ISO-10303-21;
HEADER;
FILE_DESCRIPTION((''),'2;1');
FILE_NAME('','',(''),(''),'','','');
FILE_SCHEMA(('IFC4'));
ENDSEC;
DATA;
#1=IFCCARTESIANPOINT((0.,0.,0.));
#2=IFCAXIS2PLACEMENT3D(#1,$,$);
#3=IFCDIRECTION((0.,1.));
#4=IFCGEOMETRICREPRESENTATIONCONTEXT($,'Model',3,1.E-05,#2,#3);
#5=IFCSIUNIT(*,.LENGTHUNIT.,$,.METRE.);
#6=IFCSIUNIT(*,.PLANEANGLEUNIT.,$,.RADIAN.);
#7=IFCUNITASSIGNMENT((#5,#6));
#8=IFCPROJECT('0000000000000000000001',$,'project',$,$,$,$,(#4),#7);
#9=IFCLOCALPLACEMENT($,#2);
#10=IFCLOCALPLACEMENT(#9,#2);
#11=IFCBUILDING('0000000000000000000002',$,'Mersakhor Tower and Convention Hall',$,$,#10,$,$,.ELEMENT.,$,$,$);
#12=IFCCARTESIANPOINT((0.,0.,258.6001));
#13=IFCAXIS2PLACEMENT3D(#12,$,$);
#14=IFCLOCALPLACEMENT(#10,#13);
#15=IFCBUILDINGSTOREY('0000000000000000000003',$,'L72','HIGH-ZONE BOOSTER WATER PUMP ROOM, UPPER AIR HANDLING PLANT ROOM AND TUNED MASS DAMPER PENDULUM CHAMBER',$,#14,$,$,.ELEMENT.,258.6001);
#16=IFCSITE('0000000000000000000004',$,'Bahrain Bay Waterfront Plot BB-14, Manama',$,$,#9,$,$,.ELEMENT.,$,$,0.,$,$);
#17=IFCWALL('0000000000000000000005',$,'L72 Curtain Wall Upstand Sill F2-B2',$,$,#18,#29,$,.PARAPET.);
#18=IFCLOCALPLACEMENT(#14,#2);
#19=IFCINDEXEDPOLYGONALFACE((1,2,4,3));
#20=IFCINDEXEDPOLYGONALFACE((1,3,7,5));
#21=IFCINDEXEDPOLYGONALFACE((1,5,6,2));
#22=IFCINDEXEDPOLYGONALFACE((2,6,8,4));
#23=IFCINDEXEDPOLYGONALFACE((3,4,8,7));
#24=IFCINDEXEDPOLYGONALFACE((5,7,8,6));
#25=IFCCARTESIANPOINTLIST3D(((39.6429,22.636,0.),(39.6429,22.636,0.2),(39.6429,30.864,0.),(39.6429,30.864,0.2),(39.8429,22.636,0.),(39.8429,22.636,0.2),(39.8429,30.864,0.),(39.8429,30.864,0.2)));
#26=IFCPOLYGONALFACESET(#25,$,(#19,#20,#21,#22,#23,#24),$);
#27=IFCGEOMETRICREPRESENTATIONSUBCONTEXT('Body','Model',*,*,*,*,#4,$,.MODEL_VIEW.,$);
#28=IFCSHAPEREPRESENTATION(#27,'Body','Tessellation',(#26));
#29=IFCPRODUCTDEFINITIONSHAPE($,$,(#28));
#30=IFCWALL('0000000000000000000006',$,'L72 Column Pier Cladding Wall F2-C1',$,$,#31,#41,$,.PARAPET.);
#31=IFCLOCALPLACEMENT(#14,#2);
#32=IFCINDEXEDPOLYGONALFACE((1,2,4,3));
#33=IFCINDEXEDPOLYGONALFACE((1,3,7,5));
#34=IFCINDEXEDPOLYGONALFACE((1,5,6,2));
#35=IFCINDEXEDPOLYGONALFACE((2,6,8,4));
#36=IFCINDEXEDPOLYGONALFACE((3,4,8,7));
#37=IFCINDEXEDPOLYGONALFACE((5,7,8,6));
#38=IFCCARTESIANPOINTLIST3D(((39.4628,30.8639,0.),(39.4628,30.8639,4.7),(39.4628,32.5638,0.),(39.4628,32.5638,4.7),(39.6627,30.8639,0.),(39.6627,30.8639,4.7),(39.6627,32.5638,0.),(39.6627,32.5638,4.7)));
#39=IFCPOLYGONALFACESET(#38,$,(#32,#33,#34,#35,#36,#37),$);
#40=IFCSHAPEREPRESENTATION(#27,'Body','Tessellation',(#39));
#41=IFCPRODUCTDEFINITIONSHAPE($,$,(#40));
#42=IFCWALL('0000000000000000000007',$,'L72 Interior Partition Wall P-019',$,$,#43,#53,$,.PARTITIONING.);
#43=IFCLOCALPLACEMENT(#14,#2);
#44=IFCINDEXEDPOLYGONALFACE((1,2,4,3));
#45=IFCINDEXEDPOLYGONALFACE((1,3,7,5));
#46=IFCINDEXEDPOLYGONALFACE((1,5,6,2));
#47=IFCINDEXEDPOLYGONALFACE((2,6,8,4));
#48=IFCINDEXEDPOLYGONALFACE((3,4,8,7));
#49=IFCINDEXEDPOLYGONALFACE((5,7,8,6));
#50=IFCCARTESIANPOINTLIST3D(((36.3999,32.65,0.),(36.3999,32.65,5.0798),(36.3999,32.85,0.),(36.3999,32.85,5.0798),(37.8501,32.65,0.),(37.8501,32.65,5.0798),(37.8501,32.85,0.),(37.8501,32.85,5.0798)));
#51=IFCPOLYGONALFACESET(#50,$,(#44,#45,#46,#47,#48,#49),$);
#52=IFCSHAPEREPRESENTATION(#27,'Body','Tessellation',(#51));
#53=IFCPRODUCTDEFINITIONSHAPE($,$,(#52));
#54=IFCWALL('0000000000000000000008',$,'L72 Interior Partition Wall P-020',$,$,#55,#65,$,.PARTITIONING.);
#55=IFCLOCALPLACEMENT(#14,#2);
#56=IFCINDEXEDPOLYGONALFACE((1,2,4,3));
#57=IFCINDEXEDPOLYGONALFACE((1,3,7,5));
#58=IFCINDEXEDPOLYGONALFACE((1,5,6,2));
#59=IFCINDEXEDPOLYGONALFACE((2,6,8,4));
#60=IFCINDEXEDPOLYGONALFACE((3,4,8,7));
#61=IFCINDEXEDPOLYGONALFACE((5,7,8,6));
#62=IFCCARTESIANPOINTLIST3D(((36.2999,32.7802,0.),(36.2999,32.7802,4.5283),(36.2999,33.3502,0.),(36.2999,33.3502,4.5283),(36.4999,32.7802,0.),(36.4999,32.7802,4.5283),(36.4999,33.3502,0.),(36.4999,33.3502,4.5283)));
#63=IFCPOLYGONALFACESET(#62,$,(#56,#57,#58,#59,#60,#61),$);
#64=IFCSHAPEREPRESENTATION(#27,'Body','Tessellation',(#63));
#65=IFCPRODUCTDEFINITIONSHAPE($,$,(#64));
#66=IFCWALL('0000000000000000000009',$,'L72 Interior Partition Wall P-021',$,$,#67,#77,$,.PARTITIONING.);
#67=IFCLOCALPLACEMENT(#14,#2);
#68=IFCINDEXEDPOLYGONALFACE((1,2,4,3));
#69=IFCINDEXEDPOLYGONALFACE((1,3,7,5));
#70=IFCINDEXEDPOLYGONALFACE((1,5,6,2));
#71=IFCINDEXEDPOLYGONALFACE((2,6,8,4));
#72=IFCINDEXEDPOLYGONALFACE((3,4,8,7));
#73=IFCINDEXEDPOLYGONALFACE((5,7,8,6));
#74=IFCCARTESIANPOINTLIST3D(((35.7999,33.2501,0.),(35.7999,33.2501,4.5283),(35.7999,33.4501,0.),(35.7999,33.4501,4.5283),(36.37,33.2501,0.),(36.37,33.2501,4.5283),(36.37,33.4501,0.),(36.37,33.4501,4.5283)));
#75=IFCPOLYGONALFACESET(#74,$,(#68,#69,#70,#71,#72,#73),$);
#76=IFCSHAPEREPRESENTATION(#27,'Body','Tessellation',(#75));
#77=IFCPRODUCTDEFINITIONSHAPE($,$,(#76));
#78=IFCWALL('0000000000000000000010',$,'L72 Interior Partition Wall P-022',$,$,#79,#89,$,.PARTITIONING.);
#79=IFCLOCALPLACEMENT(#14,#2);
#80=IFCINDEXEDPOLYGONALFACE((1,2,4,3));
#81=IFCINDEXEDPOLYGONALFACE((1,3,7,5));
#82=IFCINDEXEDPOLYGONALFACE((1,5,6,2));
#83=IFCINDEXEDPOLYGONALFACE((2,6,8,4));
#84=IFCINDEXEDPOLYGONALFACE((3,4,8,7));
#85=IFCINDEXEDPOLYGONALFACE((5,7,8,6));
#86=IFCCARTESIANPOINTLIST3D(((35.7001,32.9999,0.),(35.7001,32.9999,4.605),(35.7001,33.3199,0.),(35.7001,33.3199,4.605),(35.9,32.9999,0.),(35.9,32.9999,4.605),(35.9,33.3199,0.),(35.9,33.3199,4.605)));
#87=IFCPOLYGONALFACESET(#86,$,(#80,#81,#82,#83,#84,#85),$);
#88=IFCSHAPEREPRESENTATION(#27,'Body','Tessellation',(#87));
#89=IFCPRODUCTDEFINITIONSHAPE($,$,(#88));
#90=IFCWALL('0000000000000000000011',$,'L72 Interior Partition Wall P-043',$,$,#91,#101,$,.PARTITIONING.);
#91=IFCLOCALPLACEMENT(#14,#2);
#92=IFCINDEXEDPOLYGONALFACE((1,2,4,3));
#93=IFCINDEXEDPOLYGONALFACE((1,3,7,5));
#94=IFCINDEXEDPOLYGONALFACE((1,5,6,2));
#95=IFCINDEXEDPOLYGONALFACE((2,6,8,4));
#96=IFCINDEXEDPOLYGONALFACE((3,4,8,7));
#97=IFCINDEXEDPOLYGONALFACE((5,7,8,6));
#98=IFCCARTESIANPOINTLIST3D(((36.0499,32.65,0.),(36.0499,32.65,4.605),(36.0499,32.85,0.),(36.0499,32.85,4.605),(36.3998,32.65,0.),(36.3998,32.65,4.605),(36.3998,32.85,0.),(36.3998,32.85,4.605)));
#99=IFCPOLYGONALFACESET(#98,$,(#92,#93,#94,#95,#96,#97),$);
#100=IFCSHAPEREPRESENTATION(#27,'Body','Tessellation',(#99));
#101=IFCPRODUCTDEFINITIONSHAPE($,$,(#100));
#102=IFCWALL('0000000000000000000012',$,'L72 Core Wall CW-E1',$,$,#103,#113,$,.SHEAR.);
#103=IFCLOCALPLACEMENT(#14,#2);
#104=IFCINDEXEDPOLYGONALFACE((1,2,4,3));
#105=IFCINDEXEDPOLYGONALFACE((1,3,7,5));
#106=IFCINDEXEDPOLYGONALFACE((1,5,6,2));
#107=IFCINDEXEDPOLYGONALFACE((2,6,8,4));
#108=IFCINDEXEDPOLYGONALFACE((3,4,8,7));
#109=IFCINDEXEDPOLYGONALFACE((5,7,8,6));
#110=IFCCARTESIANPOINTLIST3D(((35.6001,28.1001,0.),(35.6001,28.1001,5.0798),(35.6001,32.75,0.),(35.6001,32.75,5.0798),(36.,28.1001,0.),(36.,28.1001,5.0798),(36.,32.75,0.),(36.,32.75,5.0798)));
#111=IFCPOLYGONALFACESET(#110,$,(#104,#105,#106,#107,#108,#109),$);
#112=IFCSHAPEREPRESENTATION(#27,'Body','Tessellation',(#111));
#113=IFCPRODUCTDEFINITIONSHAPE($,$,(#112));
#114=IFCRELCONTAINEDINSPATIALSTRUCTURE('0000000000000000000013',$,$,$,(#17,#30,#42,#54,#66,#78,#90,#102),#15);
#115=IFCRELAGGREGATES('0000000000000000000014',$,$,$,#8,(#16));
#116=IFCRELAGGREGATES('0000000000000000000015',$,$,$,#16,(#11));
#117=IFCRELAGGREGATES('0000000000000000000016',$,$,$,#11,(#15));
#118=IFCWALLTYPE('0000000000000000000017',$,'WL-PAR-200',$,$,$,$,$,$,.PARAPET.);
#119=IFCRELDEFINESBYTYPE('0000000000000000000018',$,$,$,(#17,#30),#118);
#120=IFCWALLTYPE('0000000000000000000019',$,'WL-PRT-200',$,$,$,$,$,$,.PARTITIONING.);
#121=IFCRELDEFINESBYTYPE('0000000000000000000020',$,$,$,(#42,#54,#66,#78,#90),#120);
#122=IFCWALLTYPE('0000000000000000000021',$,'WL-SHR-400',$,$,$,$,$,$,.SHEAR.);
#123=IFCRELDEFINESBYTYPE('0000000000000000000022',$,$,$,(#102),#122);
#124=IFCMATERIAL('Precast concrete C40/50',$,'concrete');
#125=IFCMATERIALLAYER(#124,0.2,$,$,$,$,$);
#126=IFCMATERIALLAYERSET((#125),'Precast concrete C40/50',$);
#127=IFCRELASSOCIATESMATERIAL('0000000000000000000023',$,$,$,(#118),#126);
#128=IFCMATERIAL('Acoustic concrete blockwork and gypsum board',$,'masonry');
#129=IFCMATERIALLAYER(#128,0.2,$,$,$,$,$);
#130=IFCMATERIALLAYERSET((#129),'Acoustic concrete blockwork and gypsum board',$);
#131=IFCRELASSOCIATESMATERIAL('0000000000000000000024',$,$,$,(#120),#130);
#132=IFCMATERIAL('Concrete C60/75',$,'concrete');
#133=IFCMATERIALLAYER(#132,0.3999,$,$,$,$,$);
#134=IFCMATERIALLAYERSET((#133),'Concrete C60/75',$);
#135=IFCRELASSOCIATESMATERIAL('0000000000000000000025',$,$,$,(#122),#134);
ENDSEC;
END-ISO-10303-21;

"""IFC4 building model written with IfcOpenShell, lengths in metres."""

from ifc_helpers import new_model, si_unit, direction, frame, frame_2d, origin, place, context, subcontext, project, spatial, rectangle, extrude, material, layer, layer_set, type_object, element, save


model = new_model("IFC4")

# Units and contexts
model_context = context("Model", 3, precision=1e-05, world=origin(), true_north=direction((0.0, 1.0)))
body_context = subcontext(model_context, "Body", "Model", "MODEL_VIEW")
ifc_project = project(units=[si_unit("LENGTHUNIT", "METRE"), si_unit("PLANEANGLEUNIT", "RADIAN")], contexts=[model_context])

# Site, building, storey
site_placement = place(None, origin())
site = spatial("IfcSite", under=ifc_project, at=site_placement, Name="Bahrain Bay Waterfront Plot BB-14, Manama", CompositionType="ELEMENT", RefElevation=0.0)
building_placement = place(site_placement, origin())
building = spatial("IfcBuilding", under=site, at=building_placement, Name="Mersakhor Tower and Convention Hall", CompositionType="ELEMENT")
storey_placement = place(building_placement, frame((0.0, 0.0, 258.6001)))
storey = spatial("IfcBuildingStorey", under=building, at=storey_placement, Name="L72", Description="HIGH-ZONE BOOSTER WATER PUMP ROOM, UPPER AIR HANDLING PLANT ROOM AND TUNED MASS DAMPER PENDULUM CHAMBER", CompositionType="ELEMENT", Elevation=258.6001)

# Walls
ifc_material_1 = material(Name="Precast concrete C40/50", Category="concrete")
ifc_layer_1 = layer(ifc_material_1, 0.2)
ifc_layer_set_1 = layer_set([ifc_layer_1], Name="Precast concrete C40/50")
wall_type_1 = type_object("IfcWallType", Name="WL-PAR-200", PredefinedType="PARAPET", material=ifc_layer_set_1)
wall_1_placement = place(storey_placement, frame((39.7429, 30.864, 0.0), z_axis=(0.0, 0.0, 1.0), x_axis=(0.0, -1.0, 0.0)))
element("IfcWall", 1, at=wall_1_placement, inside=storey, type_object=wall_type_1, Name="L72 Curtain Wall Upstand Sill F2-B2", PredefinedType="PARAPET", context=body_context, shape_type="SweptSolid", body=[
    extrude(rectangle(XDim=8.228, YDim=0.2, at=frame_2d((4.114, 0.0))), origin(), (0.0, 0.0, 1.0), 0.2),
])
wall_2_placement = place(storey_placement, frame((39.5627, 32.564, 0.0), z_axis=(0.0, 0.0, 1.0), x_axis=(0.0, -1.0, 0.0)))
element("IfcWall", 2, at=wall_2_placement, inside=storey, type_object=wall_type_1, Name="L72 Column Pier Cladding Wall F2-C1", PredefinedType="PARAPET", context=body_context, shape_type="SweptSolid", body=[
    extrude(rectangle(XDim=1.7, YDim=0.2, at=frame_2d((0.8501, 0.0))), origin(), (0.0, 0.0, 1.0), 4.7),
])
ifc_material_2 = material(Name="Acoustic concrete blockwork and gypsum board", Category="masonry")
ifc_layer_2 = layer(ifc_material_2, 0.2)
ifc_layer_set_2 = layer_set([ifc_layer_2], Name="Acoustic concrete blockwork and gypsum board")
wall_type_2 = type_object("IfcWallType", Name="WL-PRT-200", PredefinedType="PARTITIONING", material=ifc_layer_set_2)
wall_3_placement = place(storey_placement, frame((37.8501, 32.75, 0.0), z_axis=(0.0, 0.0, 1.0), x_axis=(-1.0, 0.0, 0.0)))
element("IfcWall", 3, at=wall_3_placement, inside=storey, type_object=wall_type_2, Name="L72 Interior Partition Wall P-019", PredefinedType="PARTITIONING", context=body_context, shape_type="SweptSolid", body=[
    extrude(rectangle(XDim=1.4502, YDim=0.2, at=frame_2d((0.7251, 0.0))), origin(), (0.0, 0.0, 1.0), 5.0798),
])
for number, where, z_axis, x_axis, name in (
    (4, (36.3999, 32.78, 0.0), (0.0, 0.0, 1.0), (0.0, 1.0, 0.0), "L72 Interior Partition Wall P-020"),
    (5, (36.3701, 33.3501, 0.0), (0.0, 0.0, 1.0), (-1.0, 0.0, 0.0), "L72 Interior Partition Wall P-021"),
):
    element("IfcWall", number, at=place(storey_placement, frame(where, z_axis=z_axis, x_axis=x_axis)), inside=storey, type_object=wall_type_2, Name=name, PredefinedType="PARTITIONING", context=body_context, shape_type="SweptSolid", body=[
        extrude(rectangle(XDim=0.5701, YDim=0.2, at=frame_2d((0.2852, 0.0))), origin(), (0.0, 0.0, 1.0), 4.5283),
    ])
wall_4_placement = place(storey_placement, frame((35.8, 33.3201, 0.0), z_axis=(0.0, 0.0, 1.0), x_axis=(0.0, -1.0, 0.0)))
element("IfcWall", 6, at=wall_4_placement, inside=storey, type_object=wall_type_2, Name="L72 Interior Partition Wall P-022", PredefinedType="PARTITIONING", context=body_context, shape_type="SweptSolid", body=[
    extrude(rectangle(XDim=0.3201, YDim=0.2, at=frame_2d((0.1602, 0.0))), origin(), (0.0, 0.0, 1.0), 4.605),
])
wall_5_placement = place(storey_placement, frame((36.05, 32.75, 0.0), z_axis=(0.0, 0.0, 1.0), x_axis=(1.0, 0.0, 0.0)))
element("IfcWall", 7, at=wall_5_placement, inside=storey, type_object=wall_type_2, Name="L72 Interior Partition Wall P-043", PredefinedType="PARTITIONING", context=body_context, shape_type="SweptSolid", body=[
    extrude(rectangle(XDim=0.3499, YDim=0.2, at=frame_2d((0.1748, 0.0))), origin(), (0.0, 0.0, 1.0), 4.605),
])

# Shared definitions
ifc_material_3 = material(Name="Concrete C60/75", Category="concrete")
ifc_layer_3 = layer(ifc_material_3, 0.3999)
ifc_layer_set_3 = layer_set([ifc_layer_3], Name="Concrete C60/75")
wall_type_3 = type_object("IfcWallType", Name="WL-SHR-400", PredefinedType="SHEAR", material=ifc_layer_set_3)

# Wall
wall_6_placement = place(storey_placement, frame((35.8, 32.75, 0.0), z_axis=(0.0, 0.0, 1.0), x_axis=(0.0, -1.0, 0.0)))
element("IfcWall", 8, at=wall_6_placement, inside=storey, type_object=wall_type_3, Name="L72 Core Wall CW-E1", PredefinedType="SHEAR", context=body_context, shape_type="SweptSolid", body=[
    extrude(rectangle(XDim=4.6499, YDim=0.3999, at=frame_2d((2.325, 0.0))), origin(), (0.0, 0.0, 1.0), 5.0798),
])

save(model, "model.ifc")
